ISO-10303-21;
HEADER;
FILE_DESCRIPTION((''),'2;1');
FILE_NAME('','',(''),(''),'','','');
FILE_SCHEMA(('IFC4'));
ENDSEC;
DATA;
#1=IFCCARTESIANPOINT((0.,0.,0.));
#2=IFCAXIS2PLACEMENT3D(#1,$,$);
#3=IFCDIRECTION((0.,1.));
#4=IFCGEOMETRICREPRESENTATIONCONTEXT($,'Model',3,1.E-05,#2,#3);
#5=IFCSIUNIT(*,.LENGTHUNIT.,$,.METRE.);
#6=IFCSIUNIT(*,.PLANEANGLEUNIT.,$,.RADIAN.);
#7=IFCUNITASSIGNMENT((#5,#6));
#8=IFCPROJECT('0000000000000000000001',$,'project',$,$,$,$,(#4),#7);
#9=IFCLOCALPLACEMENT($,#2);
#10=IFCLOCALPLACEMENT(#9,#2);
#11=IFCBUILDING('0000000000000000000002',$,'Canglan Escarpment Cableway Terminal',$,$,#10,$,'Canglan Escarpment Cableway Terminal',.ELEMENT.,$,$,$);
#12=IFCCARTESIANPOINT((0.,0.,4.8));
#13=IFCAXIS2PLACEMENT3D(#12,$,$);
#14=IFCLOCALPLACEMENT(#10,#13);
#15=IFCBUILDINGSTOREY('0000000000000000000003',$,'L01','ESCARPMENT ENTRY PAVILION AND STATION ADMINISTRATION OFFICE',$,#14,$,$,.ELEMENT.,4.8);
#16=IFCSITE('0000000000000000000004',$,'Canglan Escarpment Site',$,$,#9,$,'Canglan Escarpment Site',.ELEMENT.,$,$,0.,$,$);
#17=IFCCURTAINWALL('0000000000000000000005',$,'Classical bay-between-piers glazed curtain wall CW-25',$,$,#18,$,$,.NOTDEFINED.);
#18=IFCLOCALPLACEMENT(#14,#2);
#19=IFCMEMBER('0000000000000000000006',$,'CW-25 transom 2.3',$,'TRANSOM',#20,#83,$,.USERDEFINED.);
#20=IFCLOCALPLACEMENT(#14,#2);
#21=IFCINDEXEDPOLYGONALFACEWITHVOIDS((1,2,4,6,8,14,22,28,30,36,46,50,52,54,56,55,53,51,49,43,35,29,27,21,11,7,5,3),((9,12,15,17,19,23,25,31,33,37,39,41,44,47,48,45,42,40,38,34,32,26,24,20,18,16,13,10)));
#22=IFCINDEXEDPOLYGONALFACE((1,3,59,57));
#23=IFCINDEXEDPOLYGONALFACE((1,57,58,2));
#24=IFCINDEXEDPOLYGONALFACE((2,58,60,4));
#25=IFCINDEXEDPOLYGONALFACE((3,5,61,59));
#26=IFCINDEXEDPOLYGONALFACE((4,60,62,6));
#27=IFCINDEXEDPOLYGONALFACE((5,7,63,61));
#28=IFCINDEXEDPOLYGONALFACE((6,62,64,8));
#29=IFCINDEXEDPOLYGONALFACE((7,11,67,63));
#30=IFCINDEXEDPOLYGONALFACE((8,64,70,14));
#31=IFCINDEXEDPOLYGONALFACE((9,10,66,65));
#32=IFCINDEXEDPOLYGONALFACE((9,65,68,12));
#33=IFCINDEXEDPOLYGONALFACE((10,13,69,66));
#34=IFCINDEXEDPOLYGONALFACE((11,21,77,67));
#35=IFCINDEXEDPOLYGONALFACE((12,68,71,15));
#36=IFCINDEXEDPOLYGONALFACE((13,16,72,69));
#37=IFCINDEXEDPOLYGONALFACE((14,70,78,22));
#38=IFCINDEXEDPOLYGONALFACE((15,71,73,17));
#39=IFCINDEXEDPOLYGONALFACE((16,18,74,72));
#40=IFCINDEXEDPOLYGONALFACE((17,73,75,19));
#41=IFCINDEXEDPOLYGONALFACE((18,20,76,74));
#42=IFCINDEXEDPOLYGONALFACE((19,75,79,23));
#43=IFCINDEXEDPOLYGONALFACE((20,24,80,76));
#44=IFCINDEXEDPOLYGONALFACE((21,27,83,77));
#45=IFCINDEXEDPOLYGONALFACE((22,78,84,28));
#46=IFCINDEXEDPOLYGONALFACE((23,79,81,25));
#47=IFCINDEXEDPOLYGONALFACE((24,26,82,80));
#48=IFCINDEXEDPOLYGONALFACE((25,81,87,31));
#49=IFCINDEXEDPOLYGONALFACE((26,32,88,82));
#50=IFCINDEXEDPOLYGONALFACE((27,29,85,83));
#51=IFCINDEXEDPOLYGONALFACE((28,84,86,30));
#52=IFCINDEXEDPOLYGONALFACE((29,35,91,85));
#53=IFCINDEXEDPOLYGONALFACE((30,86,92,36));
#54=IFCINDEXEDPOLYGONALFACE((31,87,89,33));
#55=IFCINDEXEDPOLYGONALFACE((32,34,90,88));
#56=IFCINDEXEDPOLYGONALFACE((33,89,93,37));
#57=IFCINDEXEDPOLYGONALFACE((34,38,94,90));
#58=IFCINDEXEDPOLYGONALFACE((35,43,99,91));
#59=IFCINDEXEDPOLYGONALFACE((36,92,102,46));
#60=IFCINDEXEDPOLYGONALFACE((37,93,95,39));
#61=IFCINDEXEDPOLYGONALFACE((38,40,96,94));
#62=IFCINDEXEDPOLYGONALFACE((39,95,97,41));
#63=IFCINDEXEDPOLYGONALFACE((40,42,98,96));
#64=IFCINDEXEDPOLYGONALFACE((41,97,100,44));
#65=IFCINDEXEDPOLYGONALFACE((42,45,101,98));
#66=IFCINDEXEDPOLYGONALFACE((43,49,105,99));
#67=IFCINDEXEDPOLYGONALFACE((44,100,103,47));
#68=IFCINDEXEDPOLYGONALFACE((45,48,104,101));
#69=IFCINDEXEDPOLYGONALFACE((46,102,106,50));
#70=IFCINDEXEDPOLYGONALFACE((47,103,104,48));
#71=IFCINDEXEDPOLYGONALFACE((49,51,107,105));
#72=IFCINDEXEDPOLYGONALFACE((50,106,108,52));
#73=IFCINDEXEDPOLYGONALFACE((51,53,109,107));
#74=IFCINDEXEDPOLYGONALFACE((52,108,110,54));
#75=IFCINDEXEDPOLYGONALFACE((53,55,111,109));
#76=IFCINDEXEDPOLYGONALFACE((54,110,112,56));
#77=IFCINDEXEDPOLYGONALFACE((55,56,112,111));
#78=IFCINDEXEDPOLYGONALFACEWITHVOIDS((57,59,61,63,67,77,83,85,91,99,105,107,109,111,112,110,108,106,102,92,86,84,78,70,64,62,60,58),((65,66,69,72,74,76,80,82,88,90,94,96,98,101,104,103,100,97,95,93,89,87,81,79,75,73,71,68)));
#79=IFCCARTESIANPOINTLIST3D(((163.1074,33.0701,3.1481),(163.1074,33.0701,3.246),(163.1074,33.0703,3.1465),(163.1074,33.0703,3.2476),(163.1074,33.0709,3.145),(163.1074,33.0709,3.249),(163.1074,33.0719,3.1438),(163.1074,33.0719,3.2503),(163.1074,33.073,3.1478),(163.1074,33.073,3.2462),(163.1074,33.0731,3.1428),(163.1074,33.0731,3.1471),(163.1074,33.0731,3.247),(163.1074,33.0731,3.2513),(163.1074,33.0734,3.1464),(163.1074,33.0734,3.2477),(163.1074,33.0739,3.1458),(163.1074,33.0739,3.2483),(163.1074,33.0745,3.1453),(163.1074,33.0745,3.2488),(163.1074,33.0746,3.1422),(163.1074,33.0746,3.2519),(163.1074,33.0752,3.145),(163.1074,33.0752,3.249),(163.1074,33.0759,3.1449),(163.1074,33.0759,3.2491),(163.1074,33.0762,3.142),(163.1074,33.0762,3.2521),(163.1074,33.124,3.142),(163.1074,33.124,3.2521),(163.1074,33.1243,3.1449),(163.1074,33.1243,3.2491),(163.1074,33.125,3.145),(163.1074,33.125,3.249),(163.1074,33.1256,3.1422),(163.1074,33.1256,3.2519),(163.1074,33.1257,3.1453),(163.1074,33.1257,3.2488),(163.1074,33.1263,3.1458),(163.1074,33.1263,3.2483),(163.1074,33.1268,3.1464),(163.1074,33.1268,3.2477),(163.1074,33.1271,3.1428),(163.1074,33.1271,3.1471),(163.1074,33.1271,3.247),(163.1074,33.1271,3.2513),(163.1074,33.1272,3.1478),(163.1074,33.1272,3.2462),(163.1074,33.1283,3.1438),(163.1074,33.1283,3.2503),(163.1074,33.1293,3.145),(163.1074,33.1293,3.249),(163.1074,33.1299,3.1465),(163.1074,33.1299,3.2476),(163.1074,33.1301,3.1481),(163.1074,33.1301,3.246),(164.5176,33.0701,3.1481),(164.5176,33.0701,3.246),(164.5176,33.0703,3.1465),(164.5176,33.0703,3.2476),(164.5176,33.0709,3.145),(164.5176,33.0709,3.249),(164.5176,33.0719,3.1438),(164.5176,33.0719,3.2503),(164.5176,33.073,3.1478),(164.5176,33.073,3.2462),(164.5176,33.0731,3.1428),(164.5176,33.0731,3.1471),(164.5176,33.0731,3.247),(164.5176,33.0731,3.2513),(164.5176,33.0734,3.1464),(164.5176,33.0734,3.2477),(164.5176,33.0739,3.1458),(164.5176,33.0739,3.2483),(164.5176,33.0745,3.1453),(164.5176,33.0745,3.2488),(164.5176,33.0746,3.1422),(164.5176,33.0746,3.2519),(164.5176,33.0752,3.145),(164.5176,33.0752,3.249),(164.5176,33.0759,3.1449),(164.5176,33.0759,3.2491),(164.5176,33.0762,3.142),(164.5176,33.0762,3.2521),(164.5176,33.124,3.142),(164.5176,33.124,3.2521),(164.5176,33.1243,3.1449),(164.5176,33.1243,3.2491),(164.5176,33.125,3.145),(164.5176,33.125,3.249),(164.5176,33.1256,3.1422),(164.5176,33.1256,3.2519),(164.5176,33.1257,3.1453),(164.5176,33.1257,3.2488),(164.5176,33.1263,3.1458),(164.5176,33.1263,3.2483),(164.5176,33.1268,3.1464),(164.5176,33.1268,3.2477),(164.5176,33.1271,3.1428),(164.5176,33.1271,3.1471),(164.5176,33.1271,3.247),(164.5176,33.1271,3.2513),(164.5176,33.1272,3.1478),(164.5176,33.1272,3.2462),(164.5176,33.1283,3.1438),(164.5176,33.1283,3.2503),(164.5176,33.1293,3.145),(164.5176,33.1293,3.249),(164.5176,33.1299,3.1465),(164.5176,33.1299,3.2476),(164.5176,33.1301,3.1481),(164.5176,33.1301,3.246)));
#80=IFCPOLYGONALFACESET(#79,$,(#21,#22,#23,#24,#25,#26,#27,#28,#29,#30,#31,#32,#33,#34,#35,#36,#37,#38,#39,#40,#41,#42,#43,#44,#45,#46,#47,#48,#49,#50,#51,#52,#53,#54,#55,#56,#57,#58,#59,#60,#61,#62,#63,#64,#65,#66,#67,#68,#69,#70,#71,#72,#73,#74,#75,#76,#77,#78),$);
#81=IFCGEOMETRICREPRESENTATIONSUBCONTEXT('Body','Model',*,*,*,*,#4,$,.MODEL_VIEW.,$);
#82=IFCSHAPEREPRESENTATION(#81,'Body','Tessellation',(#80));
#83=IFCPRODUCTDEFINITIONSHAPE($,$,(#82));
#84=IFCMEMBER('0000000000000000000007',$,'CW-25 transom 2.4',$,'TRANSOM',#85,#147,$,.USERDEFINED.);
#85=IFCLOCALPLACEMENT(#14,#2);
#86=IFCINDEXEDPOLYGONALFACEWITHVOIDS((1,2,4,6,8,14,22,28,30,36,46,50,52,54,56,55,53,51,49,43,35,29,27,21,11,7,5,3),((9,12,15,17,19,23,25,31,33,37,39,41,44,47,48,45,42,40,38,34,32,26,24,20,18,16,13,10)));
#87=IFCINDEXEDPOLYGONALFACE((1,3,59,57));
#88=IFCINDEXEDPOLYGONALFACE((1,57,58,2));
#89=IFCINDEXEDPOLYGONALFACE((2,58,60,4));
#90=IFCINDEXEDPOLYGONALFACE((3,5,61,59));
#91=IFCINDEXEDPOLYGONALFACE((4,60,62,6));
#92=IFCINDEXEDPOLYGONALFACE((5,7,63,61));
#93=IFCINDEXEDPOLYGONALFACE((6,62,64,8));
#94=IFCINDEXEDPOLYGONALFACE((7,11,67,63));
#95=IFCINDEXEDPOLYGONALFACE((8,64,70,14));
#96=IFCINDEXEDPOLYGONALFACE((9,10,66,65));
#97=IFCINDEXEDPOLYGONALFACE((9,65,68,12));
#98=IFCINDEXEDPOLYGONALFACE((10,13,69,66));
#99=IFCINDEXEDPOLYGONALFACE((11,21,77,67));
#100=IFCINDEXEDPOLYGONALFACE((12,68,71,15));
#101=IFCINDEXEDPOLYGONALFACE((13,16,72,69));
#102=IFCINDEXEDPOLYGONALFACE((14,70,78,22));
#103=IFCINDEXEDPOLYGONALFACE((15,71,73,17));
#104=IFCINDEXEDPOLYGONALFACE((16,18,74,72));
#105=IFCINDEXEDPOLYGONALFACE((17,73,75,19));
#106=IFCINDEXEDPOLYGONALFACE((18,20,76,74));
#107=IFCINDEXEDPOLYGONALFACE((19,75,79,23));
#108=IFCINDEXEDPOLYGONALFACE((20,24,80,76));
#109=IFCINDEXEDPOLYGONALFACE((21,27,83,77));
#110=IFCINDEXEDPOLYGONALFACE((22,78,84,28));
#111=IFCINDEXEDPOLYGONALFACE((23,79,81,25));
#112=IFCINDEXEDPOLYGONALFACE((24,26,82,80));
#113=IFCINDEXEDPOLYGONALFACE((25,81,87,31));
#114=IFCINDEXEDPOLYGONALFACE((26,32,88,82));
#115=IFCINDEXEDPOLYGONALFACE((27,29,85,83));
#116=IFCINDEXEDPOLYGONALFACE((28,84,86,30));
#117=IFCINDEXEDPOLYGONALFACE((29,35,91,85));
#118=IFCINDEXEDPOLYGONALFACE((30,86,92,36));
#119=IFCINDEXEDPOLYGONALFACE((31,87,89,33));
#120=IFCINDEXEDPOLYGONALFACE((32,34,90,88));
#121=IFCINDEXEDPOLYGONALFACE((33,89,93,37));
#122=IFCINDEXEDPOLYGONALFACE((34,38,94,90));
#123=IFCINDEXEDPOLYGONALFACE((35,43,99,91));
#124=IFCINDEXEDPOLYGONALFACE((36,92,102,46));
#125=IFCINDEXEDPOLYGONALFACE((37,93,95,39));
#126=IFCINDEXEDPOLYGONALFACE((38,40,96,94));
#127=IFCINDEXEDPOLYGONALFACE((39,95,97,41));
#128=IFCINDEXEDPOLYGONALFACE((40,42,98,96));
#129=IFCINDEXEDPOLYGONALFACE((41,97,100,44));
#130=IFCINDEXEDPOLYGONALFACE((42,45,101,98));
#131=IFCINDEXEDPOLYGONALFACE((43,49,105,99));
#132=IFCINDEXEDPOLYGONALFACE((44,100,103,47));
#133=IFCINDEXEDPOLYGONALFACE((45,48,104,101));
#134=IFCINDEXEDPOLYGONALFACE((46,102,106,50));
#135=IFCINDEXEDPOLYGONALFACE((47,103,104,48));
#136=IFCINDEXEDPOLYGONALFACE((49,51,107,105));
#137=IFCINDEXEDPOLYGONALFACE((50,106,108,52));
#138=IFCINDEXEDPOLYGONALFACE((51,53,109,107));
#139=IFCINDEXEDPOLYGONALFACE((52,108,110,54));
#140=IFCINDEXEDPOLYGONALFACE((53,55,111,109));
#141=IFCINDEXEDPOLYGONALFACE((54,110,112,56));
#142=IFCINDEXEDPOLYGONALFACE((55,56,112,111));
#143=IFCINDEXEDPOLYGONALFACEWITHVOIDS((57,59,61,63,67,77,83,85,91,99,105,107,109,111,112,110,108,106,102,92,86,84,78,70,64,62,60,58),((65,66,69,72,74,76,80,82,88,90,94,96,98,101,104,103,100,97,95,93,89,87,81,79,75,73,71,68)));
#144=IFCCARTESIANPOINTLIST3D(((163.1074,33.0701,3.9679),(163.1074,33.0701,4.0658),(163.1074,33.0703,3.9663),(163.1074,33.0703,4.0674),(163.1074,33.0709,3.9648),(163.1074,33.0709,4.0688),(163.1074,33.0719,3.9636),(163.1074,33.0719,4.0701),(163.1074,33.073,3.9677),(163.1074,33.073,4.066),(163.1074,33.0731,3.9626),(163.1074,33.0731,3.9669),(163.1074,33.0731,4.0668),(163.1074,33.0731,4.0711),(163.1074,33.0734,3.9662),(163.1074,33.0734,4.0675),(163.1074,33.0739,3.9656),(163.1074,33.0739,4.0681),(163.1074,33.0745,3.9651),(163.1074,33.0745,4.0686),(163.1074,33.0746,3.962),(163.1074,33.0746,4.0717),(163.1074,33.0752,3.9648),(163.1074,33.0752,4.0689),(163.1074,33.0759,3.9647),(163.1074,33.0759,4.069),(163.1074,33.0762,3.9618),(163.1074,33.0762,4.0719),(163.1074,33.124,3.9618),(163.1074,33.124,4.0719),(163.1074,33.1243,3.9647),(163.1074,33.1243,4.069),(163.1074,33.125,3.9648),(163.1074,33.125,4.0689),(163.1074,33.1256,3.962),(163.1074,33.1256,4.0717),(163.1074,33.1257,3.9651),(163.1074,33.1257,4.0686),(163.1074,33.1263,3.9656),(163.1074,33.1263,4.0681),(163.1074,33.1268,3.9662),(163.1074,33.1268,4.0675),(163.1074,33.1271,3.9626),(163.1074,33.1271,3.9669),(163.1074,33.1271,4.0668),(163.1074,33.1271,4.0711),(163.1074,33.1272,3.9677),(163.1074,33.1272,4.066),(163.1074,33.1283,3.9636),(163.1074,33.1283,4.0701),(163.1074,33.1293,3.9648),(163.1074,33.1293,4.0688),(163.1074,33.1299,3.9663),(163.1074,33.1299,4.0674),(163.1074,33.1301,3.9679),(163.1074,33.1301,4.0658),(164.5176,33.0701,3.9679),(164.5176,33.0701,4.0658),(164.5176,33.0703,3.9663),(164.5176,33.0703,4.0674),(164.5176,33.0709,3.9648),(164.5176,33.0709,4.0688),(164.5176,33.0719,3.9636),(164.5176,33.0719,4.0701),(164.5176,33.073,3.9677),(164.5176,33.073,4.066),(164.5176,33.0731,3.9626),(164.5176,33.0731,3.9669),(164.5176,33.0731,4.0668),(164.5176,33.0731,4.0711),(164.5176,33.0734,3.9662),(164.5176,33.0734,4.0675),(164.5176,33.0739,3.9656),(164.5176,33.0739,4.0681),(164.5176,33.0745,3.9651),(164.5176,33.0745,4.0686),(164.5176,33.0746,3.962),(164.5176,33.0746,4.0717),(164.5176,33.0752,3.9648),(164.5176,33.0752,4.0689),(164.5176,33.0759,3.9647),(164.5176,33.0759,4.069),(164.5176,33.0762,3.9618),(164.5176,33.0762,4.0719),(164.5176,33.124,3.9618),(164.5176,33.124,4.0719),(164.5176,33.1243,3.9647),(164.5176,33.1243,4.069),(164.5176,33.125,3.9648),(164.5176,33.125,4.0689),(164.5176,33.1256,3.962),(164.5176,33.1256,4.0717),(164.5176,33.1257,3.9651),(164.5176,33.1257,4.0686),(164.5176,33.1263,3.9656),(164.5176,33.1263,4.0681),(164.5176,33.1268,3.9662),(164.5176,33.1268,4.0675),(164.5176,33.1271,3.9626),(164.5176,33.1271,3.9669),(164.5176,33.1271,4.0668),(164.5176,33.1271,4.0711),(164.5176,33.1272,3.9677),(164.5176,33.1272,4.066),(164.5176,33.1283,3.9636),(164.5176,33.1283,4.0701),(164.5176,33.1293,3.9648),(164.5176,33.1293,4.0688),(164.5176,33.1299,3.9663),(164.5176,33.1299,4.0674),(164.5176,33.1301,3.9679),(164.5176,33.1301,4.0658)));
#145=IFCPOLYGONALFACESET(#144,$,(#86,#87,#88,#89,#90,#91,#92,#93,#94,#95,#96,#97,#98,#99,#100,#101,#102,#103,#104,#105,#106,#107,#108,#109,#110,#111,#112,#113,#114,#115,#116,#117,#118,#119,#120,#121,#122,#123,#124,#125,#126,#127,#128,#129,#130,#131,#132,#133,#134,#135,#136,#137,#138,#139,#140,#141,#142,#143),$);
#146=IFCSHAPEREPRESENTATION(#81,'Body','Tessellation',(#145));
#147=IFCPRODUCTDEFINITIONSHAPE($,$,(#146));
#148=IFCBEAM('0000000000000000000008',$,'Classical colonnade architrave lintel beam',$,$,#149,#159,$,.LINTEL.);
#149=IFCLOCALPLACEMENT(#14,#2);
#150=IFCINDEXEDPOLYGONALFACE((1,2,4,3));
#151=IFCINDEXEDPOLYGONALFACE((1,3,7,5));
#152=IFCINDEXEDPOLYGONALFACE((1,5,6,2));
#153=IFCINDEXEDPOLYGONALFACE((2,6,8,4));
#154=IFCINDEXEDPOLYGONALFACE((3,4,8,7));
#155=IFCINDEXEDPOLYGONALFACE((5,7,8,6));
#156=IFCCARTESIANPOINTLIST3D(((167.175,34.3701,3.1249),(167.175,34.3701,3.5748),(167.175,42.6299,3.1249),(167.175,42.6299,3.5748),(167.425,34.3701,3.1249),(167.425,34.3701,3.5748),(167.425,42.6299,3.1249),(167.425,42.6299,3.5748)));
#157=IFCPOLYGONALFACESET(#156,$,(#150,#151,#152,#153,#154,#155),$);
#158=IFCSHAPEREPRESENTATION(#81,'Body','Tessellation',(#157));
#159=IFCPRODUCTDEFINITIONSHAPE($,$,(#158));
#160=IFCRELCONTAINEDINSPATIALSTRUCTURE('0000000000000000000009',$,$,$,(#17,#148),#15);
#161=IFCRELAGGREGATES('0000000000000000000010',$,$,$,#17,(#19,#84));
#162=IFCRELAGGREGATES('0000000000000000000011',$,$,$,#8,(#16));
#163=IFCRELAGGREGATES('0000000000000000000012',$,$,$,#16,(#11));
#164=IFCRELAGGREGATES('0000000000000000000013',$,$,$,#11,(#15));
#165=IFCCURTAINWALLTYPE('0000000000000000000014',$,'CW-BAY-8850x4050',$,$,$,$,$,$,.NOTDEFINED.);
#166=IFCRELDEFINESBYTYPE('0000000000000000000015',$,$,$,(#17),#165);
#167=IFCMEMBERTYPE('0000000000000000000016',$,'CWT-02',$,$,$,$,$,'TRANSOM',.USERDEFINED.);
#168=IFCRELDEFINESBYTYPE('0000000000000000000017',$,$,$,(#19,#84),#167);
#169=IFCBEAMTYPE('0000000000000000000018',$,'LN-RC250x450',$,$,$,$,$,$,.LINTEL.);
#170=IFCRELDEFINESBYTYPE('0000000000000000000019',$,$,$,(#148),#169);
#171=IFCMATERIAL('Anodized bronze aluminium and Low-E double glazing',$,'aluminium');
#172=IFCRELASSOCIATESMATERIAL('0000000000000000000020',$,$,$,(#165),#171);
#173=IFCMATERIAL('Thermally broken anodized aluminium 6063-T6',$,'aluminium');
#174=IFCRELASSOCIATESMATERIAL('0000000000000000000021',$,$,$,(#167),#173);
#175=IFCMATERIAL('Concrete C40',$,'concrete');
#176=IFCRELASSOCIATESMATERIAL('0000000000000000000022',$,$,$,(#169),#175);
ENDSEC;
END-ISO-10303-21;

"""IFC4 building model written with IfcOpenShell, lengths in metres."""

from ifc_helpers import new_model, si_unit, direction, frame, origin, origin_2d, place, context, subcontext, project, spatial, rectangle, hollow_rectangle, extrude, material, material_profile, profile_set, type_object, element, aggregate, save


model = new_model("IFC4")

# Units and contexts
model_context = context("Model", 3, precision=1e-05, world=origin(), true_north=direction((0.0, 1.0)))
body_context = subcontext(model_context, "Body", "Model", "MODEL_VIEW")
ifc_project = project(units=[si_unit("LENGTHUNIT", "METRE"), si_unit("PLANEANGLEUNIT", "RADIAN")], contexts=[model_context])

# Site, building, storey
site_placement = place(None, origin())
site = spatial("IfcSite", under=ifc_project, at=site_placement, Name="Canglan Escarpment Site", LongName="Canglan Escarpment Site", CompositionType="ELEMENT", RefElevation=0.0)
building_placement = place(site_placement, origin())
building = spatial("IfcBuilding", under=site, at=building_placement, Name="Canglan Escarpment Cableway Terminal", LongName="Canglan Escarpment Cableway Terminal", CompositionType="ELEMENT")
storey_placement = place(building_placement, frame((0.0, 0.0, 4.8)))
storey = spatial("IfcBuildingStorey", under=building, at=storey_placement, Name="L01", Description="ESCARPMENT ENTRY PAVILION AND STATION ADMINISTRATION OFFICE", CompositionType="ELEMENT", Elevation=4.8)

# Shared definitions
ifc_material_1 = material(Name="Concrete C40", Category="concrete")

# Curtain wall, members
ifc_material_2 = material(Name="Anodized bronze aluminium and Low-E double glazing", Category="aluminium")
curtain_wall_type = type_object("IfcCurtainWallType", Name="CW-BAY-8850x4050", PredefinedType="NOTDEFINED", material=ifc_material_2)
curtain_wall_placement = place(storey_placement, origin())
curtain_wall = element("IfcCurtainWall", 1, at=curtain_wall_placement, inside=storey, type_object=curtain_wall_type, Name="Classical bay-between-piers glazed curtain wall CW-25", PredefinedType="NOTDEFINED")
ifc_material_3 = material(Name="Thermally broken anodized aluminium 6063-T6", Category="aluminium")
ifc_material_profile_1 = material_profile(ifc_material_3, hollow_rectangle(XDim=0.0601, YDim=0.1101, WallThickness=0.0029, InnerFilletRadius=0.0029, OuterFilletRadius=0.0061, at=origin_2d()), Name="ALU-TRAN 60x110x3")
ifc_profile_set_1 = profile_set([ifc_material_profile_1], Name="Thermally broken anodized aluminium 6063-T6")
member_type_1 = type_object("IfcMemberType", Name="CWT-02", ElementType="TRANSOM", PredefinedType="USERDEFINED", material=ifc_profile_set_1)
member_1_placement = place(storey_placement, frame((164.5176, 33.1001, 3.197), z_axis=(-1.0, 0.0, 0.0), x_axis=(0.0, -1.0, 0.0)))
member_1 = element("IfcMember", 2, at=member_1_placement, type_object=member_type_1, Name="CW-25 transom 2.3", ObjectType="TRANSOM", PredefinedType="USERDEFINED", context=body_context, shape_type="SweptSolid", body=[
    extrude(hollow_rectangle(XDim=0.0601, YDim=0.1101, WallThickness=0.0029, InnerFilletRadius=0.0029, OuterFilletRadius=0.0061, at=origin_2d()), origin(), (0.0, 0.0, 1.0), 1.4102),
])
member_2_placement = place(storey_placement, frame((164.5176, 33.1001, 4.0168), z_axis=(-1.0, 0.0, 0.0), x_axis=(0.0, -1.0, 0.0)))
member_2 = element("IfcMember", 3, at=member_2_placement, type_object=member_type_1, Name="CW-25 transom 2.4", ObjectType="TRANSOM", PredefinedType="USERDEFINED", context=body_context, shape_type="SweptSolid", body=[
    extrude(hollow_rectangle(XDim=0.0601, YDim=0.1101, WallThickness=0.0029, InnerFilletRadius=0.0029, OuterFilletRadius=0.0061, at=origin_2d()), origin(), (0.0, 0.0, 1.0), 1.4102),
])

# Beam
ifc_material_profile_2 = material_profile(ifc_material_1, rectangle(XDim=0.25, YDim=0.45, at=origin_2d()), Name="RC 250x450")
ifc_profile_set_2 = profile_set([ifc_material_profile_2], Name="Concrete C40")
beam_type_1 = type_object("IfcBeamType", Name="LN-RC250x450", PredefinedType="LINTEL", material=ifc_profile_set_2)
beam_1_placement = place(storey_placement, frame((167.3, 34.3701, 3.3499), z_axis=(0.0, 1.0, 0.0), x_axis=(-1.0, 0.0, 0.0)))
element("IfcBeam", 4, at=beam_1_placement, inside=storey, type_object=beam_type_1, Name="Classical colonnade architrave lintel beam", PredefinedType="LINTEL", context=body_context, shape_type="SweptSolid", body=[
    extrude(rectangle(XDim=0.25, YDim=0.45, at=origin_2d()), origin(), (0.0, 0.0, 1.0), 8.2598),
])

aggregate(curtain_wall, [member_1, member_2])

save(model, "model.ifc")
